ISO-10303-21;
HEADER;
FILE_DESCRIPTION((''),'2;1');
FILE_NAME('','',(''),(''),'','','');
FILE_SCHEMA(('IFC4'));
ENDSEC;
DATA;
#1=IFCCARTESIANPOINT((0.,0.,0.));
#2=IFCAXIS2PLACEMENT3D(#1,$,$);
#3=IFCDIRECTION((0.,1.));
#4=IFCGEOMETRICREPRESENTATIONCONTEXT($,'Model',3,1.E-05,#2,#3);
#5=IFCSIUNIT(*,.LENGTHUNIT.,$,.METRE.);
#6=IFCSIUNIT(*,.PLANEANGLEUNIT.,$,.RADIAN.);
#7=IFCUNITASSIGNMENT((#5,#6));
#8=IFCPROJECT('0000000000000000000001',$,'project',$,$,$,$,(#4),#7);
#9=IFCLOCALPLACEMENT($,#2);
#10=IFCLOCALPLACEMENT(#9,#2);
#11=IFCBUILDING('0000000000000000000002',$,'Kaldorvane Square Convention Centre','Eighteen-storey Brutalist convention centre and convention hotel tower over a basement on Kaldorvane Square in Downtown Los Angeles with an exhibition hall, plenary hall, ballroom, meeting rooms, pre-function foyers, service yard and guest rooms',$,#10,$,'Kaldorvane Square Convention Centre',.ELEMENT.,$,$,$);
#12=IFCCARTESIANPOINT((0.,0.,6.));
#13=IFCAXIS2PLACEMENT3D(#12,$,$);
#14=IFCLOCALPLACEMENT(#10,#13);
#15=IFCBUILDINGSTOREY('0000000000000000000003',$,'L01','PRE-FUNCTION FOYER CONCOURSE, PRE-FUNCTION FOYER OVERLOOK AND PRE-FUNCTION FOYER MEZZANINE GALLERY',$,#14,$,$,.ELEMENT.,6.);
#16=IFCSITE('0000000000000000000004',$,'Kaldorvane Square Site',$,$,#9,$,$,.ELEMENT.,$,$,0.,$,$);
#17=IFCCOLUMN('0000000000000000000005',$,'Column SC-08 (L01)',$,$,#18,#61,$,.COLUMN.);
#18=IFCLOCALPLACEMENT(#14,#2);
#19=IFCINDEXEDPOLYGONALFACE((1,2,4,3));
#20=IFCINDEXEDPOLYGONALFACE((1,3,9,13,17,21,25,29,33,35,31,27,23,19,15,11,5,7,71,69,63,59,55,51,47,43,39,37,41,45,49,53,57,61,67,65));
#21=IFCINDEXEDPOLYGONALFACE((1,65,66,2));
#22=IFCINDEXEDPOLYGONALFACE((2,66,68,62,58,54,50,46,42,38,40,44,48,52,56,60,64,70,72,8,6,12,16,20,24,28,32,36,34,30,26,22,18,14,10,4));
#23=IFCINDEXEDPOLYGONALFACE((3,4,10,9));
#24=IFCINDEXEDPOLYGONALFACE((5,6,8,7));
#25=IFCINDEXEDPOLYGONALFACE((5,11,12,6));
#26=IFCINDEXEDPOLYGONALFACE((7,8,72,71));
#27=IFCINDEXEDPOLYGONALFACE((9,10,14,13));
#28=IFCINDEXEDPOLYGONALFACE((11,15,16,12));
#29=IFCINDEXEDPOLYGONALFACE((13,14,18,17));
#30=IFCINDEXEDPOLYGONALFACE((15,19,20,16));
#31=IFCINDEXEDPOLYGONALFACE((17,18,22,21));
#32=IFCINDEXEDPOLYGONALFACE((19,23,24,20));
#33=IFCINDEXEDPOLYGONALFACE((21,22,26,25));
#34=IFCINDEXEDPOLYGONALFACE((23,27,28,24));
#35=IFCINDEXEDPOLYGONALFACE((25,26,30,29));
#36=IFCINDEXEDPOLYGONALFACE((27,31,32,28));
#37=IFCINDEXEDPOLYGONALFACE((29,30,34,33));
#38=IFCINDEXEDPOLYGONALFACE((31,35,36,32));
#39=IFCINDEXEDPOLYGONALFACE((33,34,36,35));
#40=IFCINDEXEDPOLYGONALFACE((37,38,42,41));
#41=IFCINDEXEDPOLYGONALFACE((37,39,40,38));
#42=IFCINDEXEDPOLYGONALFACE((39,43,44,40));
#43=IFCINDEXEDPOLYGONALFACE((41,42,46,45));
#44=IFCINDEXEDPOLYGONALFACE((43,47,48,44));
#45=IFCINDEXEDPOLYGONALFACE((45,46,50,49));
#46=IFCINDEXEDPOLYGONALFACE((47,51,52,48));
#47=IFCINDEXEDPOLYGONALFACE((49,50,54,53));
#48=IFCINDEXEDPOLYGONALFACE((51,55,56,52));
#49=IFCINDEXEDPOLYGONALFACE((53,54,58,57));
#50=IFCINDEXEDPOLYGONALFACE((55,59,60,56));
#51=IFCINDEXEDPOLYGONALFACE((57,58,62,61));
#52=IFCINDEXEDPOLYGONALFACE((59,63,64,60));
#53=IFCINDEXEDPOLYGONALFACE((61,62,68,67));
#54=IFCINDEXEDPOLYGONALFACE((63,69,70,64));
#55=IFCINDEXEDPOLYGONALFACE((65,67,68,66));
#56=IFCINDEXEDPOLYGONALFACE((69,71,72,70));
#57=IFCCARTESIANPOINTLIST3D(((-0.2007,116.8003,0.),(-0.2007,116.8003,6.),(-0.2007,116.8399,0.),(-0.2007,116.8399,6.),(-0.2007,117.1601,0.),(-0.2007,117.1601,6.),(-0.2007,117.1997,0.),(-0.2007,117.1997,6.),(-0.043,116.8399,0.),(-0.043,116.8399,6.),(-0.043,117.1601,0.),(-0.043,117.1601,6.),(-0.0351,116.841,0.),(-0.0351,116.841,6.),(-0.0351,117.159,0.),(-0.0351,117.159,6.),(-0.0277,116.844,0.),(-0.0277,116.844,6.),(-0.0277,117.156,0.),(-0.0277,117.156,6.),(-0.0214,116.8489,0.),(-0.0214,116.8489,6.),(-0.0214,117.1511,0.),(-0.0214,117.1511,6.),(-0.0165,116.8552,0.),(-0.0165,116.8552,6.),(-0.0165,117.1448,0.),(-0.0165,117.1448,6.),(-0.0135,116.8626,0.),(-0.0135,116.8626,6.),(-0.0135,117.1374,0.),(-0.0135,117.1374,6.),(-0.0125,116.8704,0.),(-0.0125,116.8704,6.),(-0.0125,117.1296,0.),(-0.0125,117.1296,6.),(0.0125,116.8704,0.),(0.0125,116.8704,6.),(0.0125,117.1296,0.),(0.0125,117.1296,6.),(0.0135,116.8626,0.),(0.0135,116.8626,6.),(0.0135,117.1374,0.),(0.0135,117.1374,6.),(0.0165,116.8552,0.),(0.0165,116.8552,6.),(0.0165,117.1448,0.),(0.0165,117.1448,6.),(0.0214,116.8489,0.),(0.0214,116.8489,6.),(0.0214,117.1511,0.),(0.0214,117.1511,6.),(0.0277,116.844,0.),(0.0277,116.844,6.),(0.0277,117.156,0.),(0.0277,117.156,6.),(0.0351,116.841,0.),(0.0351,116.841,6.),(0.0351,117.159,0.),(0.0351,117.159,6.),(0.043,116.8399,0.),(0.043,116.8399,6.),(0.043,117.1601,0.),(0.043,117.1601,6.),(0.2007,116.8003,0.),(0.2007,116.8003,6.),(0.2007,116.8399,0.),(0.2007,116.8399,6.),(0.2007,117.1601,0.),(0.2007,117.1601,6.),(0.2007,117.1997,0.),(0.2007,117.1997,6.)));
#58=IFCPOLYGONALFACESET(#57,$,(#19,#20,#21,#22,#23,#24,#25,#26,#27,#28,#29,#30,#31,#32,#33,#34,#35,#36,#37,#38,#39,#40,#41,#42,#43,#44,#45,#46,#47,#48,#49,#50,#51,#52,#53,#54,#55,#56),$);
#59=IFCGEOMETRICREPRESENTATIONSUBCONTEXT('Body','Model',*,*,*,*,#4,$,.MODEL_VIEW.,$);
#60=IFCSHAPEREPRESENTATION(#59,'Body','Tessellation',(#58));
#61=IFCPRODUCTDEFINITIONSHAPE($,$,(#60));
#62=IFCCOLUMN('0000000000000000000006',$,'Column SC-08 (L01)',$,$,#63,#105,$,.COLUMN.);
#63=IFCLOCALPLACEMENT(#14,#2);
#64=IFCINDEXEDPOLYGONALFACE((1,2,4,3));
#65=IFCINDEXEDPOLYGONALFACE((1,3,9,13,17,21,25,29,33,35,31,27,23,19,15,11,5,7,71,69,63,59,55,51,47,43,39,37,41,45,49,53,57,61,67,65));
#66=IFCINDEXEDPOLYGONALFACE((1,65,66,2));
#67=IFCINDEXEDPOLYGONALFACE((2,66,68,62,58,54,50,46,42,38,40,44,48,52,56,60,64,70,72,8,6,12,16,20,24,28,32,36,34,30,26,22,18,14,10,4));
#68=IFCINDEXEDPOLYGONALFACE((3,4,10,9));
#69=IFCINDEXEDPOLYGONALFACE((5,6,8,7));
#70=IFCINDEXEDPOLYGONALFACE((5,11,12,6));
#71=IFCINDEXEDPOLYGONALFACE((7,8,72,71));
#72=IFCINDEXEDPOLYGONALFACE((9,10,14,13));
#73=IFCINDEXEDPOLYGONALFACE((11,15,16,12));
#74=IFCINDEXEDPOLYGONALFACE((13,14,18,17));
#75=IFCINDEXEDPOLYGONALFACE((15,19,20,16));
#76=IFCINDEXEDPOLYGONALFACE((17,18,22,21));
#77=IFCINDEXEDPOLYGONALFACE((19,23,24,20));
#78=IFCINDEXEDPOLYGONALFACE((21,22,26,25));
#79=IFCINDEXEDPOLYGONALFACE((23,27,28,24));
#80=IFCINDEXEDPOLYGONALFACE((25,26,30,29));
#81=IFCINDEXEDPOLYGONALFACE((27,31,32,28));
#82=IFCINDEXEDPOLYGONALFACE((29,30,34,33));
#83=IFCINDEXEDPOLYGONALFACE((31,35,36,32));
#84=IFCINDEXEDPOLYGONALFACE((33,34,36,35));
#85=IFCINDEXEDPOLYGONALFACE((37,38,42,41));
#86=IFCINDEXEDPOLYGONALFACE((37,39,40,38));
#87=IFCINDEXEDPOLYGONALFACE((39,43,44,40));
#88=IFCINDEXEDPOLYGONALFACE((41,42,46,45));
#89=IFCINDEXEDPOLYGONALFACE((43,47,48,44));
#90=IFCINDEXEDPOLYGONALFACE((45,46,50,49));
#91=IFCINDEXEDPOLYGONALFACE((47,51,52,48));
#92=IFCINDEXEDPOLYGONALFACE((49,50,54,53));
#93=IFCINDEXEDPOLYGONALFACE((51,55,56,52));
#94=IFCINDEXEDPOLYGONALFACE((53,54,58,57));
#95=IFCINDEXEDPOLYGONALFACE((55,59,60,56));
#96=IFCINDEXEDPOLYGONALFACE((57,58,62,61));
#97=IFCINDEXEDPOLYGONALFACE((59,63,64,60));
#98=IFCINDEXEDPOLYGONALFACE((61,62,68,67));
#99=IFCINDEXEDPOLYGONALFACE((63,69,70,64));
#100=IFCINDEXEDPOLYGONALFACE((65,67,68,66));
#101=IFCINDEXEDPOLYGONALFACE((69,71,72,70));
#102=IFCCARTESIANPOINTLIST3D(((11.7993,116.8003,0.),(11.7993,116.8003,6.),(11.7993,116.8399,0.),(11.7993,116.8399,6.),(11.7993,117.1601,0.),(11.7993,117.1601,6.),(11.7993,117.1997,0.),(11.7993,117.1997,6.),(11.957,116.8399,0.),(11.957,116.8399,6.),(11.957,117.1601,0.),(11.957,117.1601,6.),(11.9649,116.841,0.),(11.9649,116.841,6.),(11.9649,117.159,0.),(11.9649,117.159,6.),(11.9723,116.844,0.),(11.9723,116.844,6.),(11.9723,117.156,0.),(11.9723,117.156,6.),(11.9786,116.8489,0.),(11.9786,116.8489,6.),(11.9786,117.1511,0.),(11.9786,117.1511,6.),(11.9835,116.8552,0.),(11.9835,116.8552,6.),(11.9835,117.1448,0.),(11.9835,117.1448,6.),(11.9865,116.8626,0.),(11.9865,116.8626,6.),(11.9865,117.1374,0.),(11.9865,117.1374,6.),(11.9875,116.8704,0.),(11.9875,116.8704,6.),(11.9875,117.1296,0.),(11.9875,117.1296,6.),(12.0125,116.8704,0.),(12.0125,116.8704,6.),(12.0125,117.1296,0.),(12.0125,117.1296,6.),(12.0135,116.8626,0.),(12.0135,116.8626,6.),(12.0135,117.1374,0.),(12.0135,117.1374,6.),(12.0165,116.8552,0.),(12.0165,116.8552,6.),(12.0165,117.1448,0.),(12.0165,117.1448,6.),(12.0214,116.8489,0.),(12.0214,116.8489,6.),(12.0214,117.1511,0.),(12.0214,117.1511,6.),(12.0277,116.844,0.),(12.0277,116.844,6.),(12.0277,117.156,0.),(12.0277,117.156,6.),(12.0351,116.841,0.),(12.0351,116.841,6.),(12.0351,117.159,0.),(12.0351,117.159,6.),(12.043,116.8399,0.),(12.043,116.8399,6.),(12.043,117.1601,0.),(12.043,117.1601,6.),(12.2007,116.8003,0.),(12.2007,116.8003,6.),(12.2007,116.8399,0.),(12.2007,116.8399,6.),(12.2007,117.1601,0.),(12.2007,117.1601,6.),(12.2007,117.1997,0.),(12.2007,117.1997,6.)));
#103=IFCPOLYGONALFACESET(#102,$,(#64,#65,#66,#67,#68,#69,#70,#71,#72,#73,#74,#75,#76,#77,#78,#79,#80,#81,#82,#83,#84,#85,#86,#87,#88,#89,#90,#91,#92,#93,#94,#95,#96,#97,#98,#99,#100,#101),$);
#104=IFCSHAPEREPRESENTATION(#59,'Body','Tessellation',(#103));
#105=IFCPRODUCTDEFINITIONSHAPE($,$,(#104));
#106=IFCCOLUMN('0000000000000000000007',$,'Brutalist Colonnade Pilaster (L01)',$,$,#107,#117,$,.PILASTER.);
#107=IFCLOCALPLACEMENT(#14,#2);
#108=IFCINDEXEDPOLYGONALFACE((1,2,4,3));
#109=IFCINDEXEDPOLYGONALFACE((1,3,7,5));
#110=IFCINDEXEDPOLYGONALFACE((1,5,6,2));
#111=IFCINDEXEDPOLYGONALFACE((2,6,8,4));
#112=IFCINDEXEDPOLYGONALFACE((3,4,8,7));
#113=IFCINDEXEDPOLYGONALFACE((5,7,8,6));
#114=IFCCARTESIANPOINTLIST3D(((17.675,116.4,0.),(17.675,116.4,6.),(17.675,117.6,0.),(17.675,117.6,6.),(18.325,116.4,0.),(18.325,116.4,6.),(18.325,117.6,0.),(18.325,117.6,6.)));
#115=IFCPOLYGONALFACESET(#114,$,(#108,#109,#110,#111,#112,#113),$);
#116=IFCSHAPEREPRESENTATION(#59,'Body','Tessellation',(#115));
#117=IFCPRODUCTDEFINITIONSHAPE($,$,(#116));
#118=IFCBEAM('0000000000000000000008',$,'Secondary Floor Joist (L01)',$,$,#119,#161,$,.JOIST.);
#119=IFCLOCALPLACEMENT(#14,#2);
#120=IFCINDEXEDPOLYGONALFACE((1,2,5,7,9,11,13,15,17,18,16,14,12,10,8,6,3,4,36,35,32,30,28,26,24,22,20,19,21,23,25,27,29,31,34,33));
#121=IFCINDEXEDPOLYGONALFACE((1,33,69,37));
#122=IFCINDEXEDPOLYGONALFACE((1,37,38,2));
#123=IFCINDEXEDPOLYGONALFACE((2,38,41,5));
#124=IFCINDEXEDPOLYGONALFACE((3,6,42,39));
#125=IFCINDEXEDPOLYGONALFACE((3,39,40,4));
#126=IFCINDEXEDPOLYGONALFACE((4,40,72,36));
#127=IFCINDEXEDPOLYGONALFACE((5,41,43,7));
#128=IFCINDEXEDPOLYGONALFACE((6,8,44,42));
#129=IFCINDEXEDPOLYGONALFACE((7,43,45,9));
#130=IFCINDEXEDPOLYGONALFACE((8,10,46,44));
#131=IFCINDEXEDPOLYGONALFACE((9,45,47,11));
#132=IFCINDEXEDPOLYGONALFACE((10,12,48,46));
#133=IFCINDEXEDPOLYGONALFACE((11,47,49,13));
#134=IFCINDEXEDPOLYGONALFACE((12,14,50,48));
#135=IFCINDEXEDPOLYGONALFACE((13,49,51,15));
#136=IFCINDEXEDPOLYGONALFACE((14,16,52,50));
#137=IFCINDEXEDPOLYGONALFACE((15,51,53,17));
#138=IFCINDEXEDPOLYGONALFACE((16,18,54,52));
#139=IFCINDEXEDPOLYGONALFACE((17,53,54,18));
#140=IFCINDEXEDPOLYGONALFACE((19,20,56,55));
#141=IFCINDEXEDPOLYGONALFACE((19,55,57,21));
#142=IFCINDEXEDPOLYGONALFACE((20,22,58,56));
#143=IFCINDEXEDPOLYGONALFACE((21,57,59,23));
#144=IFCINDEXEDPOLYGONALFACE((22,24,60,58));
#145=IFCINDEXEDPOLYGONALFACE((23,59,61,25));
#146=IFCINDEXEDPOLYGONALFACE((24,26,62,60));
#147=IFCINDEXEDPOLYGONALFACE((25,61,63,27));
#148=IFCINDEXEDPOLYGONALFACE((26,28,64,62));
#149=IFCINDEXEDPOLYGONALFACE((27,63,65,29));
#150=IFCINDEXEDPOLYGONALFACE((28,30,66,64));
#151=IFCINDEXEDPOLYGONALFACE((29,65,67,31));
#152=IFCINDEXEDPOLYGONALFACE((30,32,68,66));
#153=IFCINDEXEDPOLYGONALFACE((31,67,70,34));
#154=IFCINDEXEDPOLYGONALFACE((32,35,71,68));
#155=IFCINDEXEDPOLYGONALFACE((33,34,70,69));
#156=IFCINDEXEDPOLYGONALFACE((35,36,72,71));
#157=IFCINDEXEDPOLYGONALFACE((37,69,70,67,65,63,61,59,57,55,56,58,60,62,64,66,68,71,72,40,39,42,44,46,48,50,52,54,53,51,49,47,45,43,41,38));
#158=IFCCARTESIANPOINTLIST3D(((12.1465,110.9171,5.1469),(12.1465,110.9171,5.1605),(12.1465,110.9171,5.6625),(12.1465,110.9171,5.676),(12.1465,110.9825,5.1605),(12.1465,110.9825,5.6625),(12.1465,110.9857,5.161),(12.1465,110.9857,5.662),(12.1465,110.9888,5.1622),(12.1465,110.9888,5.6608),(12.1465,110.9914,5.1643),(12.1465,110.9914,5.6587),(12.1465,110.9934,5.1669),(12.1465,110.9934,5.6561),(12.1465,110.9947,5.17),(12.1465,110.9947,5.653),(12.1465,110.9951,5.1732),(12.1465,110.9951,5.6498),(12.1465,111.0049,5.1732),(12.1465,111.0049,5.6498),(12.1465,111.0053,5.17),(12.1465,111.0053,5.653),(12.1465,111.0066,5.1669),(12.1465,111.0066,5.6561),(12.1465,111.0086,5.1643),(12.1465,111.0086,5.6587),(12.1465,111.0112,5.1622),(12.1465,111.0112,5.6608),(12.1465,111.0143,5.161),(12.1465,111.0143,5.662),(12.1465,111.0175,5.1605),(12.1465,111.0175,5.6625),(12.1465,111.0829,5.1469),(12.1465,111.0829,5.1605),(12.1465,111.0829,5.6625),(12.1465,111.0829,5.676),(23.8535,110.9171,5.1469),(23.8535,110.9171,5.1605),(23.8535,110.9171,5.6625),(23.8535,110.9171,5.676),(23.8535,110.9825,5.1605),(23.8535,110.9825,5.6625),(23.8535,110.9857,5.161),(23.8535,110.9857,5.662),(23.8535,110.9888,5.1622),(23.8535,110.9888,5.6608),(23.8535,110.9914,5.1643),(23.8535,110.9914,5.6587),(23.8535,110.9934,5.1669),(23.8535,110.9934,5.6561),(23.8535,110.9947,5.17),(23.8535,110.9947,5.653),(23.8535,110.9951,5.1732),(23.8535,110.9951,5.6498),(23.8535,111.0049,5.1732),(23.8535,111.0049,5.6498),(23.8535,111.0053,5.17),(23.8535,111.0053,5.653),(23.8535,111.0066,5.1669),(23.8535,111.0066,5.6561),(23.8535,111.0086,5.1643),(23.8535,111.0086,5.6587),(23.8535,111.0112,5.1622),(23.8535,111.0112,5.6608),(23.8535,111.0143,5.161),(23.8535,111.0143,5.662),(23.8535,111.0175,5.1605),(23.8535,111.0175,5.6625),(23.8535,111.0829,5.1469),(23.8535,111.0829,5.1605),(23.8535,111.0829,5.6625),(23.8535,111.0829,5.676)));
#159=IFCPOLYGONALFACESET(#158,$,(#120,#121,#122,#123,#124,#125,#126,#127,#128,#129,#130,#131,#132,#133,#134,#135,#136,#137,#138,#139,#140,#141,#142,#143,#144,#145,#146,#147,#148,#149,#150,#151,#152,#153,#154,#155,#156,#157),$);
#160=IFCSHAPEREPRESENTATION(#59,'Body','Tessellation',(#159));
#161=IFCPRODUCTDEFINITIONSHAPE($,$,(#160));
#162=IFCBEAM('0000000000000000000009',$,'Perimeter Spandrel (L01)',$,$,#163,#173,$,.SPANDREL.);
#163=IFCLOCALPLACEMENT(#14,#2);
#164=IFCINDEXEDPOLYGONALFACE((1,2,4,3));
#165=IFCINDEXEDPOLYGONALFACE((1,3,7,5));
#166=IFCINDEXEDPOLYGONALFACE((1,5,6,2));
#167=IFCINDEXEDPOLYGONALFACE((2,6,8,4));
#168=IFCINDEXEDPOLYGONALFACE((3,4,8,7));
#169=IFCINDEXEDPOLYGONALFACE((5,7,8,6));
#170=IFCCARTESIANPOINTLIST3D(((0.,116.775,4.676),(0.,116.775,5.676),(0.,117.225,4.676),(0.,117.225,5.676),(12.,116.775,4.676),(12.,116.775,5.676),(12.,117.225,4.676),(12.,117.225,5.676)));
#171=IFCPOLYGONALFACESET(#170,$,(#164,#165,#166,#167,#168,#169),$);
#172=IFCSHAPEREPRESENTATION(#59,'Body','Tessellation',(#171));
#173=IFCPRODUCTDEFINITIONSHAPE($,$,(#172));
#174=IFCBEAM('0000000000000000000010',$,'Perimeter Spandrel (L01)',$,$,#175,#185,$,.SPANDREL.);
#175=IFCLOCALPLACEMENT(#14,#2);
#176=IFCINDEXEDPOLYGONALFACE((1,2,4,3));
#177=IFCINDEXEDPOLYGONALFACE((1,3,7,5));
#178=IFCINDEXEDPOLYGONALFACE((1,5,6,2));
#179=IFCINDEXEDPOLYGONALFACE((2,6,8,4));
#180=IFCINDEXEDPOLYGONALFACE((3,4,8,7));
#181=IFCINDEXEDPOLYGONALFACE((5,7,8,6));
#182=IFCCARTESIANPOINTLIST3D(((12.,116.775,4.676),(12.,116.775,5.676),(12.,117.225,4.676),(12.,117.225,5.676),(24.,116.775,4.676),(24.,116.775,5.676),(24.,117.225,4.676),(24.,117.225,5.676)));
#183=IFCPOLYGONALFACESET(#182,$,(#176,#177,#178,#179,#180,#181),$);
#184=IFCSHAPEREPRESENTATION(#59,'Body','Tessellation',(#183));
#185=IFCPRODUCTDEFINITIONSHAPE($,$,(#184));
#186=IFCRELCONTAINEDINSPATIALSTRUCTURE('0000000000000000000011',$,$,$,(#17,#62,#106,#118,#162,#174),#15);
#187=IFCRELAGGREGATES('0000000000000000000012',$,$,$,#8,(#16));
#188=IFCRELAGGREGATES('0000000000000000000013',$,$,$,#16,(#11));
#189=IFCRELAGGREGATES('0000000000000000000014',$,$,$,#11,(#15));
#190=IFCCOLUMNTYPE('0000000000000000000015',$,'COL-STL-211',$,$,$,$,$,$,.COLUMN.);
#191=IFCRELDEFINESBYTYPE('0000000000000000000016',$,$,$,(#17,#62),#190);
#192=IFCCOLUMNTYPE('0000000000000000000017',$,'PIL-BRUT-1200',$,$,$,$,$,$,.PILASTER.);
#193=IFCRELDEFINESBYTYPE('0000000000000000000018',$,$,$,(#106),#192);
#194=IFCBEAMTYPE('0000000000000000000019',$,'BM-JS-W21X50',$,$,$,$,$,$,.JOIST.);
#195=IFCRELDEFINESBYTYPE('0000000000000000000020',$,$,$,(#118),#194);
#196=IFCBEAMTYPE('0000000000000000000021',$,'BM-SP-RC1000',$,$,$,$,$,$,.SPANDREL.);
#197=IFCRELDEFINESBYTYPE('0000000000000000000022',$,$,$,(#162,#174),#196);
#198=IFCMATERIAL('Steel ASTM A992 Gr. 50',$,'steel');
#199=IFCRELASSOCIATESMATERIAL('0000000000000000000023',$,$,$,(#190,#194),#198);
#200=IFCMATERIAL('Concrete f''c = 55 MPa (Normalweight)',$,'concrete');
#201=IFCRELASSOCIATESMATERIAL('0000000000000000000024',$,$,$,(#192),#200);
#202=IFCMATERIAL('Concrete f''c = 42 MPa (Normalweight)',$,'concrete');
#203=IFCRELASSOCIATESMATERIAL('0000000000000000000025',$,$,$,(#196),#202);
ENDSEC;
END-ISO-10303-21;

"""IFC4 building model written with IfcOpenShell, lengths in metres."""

from ifc_helpers import new_model, si_unit, direction, frame, origin, origin_2d, place, context, subcontext, project, spatial, rectangle, i_section, extrude, material, material_profile, profile_set, type_object, element, save


model = new_model("IFC4")

# Units and contexts
model_context = context("Model", 3, precision=1e-05, world=origin(), true_north=direction((0.0, 1.0)))
body_context = subcontext(model_context, "Body", "Model", "MODEL_VIEW")
ifc_project = project(units=[si_unit("LENGTHUNIT", "METRE"), si_unit("PLANEANGLEUNIT", "RADIAN")], contexts=[model_context])

# Site, building, storey
site_placement = place(None, origin())
site = spatial("IfcSite", under=ifc_project, at=site_placement, Name="Kaldorvane Square Site", CompositionType="ELEMENT", RefElevation=0.0)
building_placement = place(site_placement, origin())
building = spatial("IfcBuilding", under=site, at=building_placement, Name="Kaldorvane Square Convention Centre", Description="Eighteen-storey Brutalist convention centre and convention hotel tower over a basement on Kaldorvane Square in Downtown Los Angeles with an exhibition hall, plenary hall, ballroom, meeting rooms, pre-function foyers, service yard and guest rooms", LongName="Kaldorvane Square Convention Centre", CompositionType="ELEMENT")
storey_placement = place(building_placement, frame((0.0, 0.0, 6.0)))
storey = spatial("IfcBuildingStorey", under=building, at=storey_placement, Name="L01", Description="PRE-FUNCTION FOYER CONCOURSE, PRE-FUNCTION FOYER OVERLOOK AND PRE-FUNCTION FOYER MEZZANINE GALLERY", CompositionType="ELEMENT", Elevation=6.0)

# Columns
ifc_material_1 = material(Name="Steel ASTM A992 Gr. 50", Category="steel")
ifc_material_profile_1 = material_profile(ifc_material_1, i_section(OverallWidth=0.4013, OverallDepth=0.3993, WebThickness=0.0249, FlangeThickness=0.0396, FilletRadius=0.0305, at=origin_2d()), Name="W14X211")
ifc_profile_set_1 = profile_set([ifc_material_profile_1], Name="Steel ASTM A992 Gr. 50")
column_type_1 = type_object("IfcColumnType", Name="COL-STL-211", PredefinedType="COLUMN", material=ifc_profile_set_1)
for number, where, z_axis, x_axis, name in (
    (1, (0.0, 117.0, 0.0), (0.0, 0.0, 1.0), (1.0, 0.0, 0.0), "Column SC-08 (L01)"),
    (2, (12.0, 117.0, 0.0), (0.0, 0.0, 1.0), (1.0, 0.0, 0.0), "Column SC-08 (L01)"),
):
    element("IfcColumn", number, at=place(storey_placement, frame(where, z_axis=z_axis, x_axis=x_axis)), inside=storey, type_object=column_type_1, Name=name, PredefinedType="COLUMN", context=body_context, shape_type="SweptSolid", body=[
        extrude(i_section(OverallWidth=0.4013, OverallDepth=0.3993, WebThickness=0.0249, FlangeThickness=0.0396, FilletRadius=0.0305, at=origin_2d()), origin(), (0.0, 0.0, 1.0), 6.0),
    ])
ifc_material_2 = material(Name="Concrete f'c = 55 MPa (Normalweight)", Category="concrete")
ifc_material_profile_2 = material_profile(ifc_material_2, rectangle(XDim=0.65, YDim=1.2, at=origin_2d()), Name="PIL1200X650")
ifc_profile_set_2 = profile_set([ifc_material_profile_2], Name="Concrete f'c = 55 MPa (Normalweight)")
column_type_2 = type_object("IfcColumnType", Name="PIL-BRUT-1200", PredefinedType="PILASTER", material=ifc_profile_set_2)
column_placement = place(storey_placement, frame((18.0, 117.0, 0.0), z_axis=(0.0, 0.0, 1.0), x_axis=(1.0, 0.0, 0.0)))
element("IfcColumn", 3, at=column_placement, inside=storey, type_object=column_type_2, Name="Brutalist Colonnade Pilaster (L01)", PredefinedType="PILASTER", context=body_context, shape_type="SweptSolid", body=[
    extrude(rectangle(XDim=0.65, YDim=1.2, at=origin_2d()), origin(), (0.0, 0.0, 1.0), 6.0),
])

# Beams
ifc_material_profile_3 = material_profile(ifc_material_1, i_section(OverallWidth=0.1659, OverallDepth=0.5291, WebThickness=0.0097, FlangeThickness=0.0136, FilletRadius=0.0127, at=origin_2d()), Name="W21X50")
ifc_profile_set_3 = profile_set([ifc_material_profile_3], Name="Steel ASTM A992 Gr. 50")
beam_type_1 = type_object("IfcBeamType", Name="BM-JS-W21X50", PredefinedType="JOIST", material=ifc_profile_set_3)
beam_placement = place(storey_placement, frame((12.1465, 111.0, 5.4115), z_axis=(1.0, 0.0, 0.0), x_axis=(0.0, 1.0, 0.0)))
element("IfcBeam", 4, at=beam_placement, inside=storey, type_object=beam_type_1, Name="Secondary Floor Joist (L01)", PredefinedType="JOIST", context=body_context, shape_type="SweptSolid", body=[
    extrude(i_section(OverallWidth=0.1659, OverallDepth=0.5291, WebThickness=0.0097, FlangeThickness=0.0136, FilletRadius=0.0127, at=origin_2d()), origin(), (0.0, 0.0, 1.0), 11.707),
])
ifc_material_3 = material(Name="Concrete f'c = 42 MPa (Normalweight)", Category="concrete")
ifc_material_profile_4 = material_profile(ifc_material_3, rectangle(XDim=0.45, YDim=1.0, at=origin_2d()), Name="RCSP1000X450")
ifc_profile_set_4 = profile_set([ifc_material_profile_4], Name="Concrete f'c = 42 MPa (Normalweight)")
beam_type_2 = type_object("IfcBeamType", Name="BM-SP-RC1000", PredefinedType="SPANDREL", material=ifc_profile_set_4)
for number, where, z_axis, x_axis, name in (
    (5, (0.0, 117.0, 5.176), (1.0, 0.0, 0.0), (0.0, 1.0, 0.0), "Perimeter Spandrel (L01)"),
    (6, (12.0, 117.0, 5.176), (1.0, 0.0, 0.0), (0.0, 1.0, 0.0), "Perimeter Spandrel (L01)"),
):
    element("IfcBeam", number, at=place(storey_placement, frame(where, z_axis=z_axis, x_axis=x_axis)), inside=storey, type_object=beam_type_2, Name=name, PredefinedType="SPANDREL", context=body_context, shape_type="SweptSolid", body=[
        extrude(rectangle(XDim=0.45, YDim=1.0, at=origin_2d()), origin(), (0.0, 0.0, 1.0), 12.0),
    ])

save(model, "model.ifc")
